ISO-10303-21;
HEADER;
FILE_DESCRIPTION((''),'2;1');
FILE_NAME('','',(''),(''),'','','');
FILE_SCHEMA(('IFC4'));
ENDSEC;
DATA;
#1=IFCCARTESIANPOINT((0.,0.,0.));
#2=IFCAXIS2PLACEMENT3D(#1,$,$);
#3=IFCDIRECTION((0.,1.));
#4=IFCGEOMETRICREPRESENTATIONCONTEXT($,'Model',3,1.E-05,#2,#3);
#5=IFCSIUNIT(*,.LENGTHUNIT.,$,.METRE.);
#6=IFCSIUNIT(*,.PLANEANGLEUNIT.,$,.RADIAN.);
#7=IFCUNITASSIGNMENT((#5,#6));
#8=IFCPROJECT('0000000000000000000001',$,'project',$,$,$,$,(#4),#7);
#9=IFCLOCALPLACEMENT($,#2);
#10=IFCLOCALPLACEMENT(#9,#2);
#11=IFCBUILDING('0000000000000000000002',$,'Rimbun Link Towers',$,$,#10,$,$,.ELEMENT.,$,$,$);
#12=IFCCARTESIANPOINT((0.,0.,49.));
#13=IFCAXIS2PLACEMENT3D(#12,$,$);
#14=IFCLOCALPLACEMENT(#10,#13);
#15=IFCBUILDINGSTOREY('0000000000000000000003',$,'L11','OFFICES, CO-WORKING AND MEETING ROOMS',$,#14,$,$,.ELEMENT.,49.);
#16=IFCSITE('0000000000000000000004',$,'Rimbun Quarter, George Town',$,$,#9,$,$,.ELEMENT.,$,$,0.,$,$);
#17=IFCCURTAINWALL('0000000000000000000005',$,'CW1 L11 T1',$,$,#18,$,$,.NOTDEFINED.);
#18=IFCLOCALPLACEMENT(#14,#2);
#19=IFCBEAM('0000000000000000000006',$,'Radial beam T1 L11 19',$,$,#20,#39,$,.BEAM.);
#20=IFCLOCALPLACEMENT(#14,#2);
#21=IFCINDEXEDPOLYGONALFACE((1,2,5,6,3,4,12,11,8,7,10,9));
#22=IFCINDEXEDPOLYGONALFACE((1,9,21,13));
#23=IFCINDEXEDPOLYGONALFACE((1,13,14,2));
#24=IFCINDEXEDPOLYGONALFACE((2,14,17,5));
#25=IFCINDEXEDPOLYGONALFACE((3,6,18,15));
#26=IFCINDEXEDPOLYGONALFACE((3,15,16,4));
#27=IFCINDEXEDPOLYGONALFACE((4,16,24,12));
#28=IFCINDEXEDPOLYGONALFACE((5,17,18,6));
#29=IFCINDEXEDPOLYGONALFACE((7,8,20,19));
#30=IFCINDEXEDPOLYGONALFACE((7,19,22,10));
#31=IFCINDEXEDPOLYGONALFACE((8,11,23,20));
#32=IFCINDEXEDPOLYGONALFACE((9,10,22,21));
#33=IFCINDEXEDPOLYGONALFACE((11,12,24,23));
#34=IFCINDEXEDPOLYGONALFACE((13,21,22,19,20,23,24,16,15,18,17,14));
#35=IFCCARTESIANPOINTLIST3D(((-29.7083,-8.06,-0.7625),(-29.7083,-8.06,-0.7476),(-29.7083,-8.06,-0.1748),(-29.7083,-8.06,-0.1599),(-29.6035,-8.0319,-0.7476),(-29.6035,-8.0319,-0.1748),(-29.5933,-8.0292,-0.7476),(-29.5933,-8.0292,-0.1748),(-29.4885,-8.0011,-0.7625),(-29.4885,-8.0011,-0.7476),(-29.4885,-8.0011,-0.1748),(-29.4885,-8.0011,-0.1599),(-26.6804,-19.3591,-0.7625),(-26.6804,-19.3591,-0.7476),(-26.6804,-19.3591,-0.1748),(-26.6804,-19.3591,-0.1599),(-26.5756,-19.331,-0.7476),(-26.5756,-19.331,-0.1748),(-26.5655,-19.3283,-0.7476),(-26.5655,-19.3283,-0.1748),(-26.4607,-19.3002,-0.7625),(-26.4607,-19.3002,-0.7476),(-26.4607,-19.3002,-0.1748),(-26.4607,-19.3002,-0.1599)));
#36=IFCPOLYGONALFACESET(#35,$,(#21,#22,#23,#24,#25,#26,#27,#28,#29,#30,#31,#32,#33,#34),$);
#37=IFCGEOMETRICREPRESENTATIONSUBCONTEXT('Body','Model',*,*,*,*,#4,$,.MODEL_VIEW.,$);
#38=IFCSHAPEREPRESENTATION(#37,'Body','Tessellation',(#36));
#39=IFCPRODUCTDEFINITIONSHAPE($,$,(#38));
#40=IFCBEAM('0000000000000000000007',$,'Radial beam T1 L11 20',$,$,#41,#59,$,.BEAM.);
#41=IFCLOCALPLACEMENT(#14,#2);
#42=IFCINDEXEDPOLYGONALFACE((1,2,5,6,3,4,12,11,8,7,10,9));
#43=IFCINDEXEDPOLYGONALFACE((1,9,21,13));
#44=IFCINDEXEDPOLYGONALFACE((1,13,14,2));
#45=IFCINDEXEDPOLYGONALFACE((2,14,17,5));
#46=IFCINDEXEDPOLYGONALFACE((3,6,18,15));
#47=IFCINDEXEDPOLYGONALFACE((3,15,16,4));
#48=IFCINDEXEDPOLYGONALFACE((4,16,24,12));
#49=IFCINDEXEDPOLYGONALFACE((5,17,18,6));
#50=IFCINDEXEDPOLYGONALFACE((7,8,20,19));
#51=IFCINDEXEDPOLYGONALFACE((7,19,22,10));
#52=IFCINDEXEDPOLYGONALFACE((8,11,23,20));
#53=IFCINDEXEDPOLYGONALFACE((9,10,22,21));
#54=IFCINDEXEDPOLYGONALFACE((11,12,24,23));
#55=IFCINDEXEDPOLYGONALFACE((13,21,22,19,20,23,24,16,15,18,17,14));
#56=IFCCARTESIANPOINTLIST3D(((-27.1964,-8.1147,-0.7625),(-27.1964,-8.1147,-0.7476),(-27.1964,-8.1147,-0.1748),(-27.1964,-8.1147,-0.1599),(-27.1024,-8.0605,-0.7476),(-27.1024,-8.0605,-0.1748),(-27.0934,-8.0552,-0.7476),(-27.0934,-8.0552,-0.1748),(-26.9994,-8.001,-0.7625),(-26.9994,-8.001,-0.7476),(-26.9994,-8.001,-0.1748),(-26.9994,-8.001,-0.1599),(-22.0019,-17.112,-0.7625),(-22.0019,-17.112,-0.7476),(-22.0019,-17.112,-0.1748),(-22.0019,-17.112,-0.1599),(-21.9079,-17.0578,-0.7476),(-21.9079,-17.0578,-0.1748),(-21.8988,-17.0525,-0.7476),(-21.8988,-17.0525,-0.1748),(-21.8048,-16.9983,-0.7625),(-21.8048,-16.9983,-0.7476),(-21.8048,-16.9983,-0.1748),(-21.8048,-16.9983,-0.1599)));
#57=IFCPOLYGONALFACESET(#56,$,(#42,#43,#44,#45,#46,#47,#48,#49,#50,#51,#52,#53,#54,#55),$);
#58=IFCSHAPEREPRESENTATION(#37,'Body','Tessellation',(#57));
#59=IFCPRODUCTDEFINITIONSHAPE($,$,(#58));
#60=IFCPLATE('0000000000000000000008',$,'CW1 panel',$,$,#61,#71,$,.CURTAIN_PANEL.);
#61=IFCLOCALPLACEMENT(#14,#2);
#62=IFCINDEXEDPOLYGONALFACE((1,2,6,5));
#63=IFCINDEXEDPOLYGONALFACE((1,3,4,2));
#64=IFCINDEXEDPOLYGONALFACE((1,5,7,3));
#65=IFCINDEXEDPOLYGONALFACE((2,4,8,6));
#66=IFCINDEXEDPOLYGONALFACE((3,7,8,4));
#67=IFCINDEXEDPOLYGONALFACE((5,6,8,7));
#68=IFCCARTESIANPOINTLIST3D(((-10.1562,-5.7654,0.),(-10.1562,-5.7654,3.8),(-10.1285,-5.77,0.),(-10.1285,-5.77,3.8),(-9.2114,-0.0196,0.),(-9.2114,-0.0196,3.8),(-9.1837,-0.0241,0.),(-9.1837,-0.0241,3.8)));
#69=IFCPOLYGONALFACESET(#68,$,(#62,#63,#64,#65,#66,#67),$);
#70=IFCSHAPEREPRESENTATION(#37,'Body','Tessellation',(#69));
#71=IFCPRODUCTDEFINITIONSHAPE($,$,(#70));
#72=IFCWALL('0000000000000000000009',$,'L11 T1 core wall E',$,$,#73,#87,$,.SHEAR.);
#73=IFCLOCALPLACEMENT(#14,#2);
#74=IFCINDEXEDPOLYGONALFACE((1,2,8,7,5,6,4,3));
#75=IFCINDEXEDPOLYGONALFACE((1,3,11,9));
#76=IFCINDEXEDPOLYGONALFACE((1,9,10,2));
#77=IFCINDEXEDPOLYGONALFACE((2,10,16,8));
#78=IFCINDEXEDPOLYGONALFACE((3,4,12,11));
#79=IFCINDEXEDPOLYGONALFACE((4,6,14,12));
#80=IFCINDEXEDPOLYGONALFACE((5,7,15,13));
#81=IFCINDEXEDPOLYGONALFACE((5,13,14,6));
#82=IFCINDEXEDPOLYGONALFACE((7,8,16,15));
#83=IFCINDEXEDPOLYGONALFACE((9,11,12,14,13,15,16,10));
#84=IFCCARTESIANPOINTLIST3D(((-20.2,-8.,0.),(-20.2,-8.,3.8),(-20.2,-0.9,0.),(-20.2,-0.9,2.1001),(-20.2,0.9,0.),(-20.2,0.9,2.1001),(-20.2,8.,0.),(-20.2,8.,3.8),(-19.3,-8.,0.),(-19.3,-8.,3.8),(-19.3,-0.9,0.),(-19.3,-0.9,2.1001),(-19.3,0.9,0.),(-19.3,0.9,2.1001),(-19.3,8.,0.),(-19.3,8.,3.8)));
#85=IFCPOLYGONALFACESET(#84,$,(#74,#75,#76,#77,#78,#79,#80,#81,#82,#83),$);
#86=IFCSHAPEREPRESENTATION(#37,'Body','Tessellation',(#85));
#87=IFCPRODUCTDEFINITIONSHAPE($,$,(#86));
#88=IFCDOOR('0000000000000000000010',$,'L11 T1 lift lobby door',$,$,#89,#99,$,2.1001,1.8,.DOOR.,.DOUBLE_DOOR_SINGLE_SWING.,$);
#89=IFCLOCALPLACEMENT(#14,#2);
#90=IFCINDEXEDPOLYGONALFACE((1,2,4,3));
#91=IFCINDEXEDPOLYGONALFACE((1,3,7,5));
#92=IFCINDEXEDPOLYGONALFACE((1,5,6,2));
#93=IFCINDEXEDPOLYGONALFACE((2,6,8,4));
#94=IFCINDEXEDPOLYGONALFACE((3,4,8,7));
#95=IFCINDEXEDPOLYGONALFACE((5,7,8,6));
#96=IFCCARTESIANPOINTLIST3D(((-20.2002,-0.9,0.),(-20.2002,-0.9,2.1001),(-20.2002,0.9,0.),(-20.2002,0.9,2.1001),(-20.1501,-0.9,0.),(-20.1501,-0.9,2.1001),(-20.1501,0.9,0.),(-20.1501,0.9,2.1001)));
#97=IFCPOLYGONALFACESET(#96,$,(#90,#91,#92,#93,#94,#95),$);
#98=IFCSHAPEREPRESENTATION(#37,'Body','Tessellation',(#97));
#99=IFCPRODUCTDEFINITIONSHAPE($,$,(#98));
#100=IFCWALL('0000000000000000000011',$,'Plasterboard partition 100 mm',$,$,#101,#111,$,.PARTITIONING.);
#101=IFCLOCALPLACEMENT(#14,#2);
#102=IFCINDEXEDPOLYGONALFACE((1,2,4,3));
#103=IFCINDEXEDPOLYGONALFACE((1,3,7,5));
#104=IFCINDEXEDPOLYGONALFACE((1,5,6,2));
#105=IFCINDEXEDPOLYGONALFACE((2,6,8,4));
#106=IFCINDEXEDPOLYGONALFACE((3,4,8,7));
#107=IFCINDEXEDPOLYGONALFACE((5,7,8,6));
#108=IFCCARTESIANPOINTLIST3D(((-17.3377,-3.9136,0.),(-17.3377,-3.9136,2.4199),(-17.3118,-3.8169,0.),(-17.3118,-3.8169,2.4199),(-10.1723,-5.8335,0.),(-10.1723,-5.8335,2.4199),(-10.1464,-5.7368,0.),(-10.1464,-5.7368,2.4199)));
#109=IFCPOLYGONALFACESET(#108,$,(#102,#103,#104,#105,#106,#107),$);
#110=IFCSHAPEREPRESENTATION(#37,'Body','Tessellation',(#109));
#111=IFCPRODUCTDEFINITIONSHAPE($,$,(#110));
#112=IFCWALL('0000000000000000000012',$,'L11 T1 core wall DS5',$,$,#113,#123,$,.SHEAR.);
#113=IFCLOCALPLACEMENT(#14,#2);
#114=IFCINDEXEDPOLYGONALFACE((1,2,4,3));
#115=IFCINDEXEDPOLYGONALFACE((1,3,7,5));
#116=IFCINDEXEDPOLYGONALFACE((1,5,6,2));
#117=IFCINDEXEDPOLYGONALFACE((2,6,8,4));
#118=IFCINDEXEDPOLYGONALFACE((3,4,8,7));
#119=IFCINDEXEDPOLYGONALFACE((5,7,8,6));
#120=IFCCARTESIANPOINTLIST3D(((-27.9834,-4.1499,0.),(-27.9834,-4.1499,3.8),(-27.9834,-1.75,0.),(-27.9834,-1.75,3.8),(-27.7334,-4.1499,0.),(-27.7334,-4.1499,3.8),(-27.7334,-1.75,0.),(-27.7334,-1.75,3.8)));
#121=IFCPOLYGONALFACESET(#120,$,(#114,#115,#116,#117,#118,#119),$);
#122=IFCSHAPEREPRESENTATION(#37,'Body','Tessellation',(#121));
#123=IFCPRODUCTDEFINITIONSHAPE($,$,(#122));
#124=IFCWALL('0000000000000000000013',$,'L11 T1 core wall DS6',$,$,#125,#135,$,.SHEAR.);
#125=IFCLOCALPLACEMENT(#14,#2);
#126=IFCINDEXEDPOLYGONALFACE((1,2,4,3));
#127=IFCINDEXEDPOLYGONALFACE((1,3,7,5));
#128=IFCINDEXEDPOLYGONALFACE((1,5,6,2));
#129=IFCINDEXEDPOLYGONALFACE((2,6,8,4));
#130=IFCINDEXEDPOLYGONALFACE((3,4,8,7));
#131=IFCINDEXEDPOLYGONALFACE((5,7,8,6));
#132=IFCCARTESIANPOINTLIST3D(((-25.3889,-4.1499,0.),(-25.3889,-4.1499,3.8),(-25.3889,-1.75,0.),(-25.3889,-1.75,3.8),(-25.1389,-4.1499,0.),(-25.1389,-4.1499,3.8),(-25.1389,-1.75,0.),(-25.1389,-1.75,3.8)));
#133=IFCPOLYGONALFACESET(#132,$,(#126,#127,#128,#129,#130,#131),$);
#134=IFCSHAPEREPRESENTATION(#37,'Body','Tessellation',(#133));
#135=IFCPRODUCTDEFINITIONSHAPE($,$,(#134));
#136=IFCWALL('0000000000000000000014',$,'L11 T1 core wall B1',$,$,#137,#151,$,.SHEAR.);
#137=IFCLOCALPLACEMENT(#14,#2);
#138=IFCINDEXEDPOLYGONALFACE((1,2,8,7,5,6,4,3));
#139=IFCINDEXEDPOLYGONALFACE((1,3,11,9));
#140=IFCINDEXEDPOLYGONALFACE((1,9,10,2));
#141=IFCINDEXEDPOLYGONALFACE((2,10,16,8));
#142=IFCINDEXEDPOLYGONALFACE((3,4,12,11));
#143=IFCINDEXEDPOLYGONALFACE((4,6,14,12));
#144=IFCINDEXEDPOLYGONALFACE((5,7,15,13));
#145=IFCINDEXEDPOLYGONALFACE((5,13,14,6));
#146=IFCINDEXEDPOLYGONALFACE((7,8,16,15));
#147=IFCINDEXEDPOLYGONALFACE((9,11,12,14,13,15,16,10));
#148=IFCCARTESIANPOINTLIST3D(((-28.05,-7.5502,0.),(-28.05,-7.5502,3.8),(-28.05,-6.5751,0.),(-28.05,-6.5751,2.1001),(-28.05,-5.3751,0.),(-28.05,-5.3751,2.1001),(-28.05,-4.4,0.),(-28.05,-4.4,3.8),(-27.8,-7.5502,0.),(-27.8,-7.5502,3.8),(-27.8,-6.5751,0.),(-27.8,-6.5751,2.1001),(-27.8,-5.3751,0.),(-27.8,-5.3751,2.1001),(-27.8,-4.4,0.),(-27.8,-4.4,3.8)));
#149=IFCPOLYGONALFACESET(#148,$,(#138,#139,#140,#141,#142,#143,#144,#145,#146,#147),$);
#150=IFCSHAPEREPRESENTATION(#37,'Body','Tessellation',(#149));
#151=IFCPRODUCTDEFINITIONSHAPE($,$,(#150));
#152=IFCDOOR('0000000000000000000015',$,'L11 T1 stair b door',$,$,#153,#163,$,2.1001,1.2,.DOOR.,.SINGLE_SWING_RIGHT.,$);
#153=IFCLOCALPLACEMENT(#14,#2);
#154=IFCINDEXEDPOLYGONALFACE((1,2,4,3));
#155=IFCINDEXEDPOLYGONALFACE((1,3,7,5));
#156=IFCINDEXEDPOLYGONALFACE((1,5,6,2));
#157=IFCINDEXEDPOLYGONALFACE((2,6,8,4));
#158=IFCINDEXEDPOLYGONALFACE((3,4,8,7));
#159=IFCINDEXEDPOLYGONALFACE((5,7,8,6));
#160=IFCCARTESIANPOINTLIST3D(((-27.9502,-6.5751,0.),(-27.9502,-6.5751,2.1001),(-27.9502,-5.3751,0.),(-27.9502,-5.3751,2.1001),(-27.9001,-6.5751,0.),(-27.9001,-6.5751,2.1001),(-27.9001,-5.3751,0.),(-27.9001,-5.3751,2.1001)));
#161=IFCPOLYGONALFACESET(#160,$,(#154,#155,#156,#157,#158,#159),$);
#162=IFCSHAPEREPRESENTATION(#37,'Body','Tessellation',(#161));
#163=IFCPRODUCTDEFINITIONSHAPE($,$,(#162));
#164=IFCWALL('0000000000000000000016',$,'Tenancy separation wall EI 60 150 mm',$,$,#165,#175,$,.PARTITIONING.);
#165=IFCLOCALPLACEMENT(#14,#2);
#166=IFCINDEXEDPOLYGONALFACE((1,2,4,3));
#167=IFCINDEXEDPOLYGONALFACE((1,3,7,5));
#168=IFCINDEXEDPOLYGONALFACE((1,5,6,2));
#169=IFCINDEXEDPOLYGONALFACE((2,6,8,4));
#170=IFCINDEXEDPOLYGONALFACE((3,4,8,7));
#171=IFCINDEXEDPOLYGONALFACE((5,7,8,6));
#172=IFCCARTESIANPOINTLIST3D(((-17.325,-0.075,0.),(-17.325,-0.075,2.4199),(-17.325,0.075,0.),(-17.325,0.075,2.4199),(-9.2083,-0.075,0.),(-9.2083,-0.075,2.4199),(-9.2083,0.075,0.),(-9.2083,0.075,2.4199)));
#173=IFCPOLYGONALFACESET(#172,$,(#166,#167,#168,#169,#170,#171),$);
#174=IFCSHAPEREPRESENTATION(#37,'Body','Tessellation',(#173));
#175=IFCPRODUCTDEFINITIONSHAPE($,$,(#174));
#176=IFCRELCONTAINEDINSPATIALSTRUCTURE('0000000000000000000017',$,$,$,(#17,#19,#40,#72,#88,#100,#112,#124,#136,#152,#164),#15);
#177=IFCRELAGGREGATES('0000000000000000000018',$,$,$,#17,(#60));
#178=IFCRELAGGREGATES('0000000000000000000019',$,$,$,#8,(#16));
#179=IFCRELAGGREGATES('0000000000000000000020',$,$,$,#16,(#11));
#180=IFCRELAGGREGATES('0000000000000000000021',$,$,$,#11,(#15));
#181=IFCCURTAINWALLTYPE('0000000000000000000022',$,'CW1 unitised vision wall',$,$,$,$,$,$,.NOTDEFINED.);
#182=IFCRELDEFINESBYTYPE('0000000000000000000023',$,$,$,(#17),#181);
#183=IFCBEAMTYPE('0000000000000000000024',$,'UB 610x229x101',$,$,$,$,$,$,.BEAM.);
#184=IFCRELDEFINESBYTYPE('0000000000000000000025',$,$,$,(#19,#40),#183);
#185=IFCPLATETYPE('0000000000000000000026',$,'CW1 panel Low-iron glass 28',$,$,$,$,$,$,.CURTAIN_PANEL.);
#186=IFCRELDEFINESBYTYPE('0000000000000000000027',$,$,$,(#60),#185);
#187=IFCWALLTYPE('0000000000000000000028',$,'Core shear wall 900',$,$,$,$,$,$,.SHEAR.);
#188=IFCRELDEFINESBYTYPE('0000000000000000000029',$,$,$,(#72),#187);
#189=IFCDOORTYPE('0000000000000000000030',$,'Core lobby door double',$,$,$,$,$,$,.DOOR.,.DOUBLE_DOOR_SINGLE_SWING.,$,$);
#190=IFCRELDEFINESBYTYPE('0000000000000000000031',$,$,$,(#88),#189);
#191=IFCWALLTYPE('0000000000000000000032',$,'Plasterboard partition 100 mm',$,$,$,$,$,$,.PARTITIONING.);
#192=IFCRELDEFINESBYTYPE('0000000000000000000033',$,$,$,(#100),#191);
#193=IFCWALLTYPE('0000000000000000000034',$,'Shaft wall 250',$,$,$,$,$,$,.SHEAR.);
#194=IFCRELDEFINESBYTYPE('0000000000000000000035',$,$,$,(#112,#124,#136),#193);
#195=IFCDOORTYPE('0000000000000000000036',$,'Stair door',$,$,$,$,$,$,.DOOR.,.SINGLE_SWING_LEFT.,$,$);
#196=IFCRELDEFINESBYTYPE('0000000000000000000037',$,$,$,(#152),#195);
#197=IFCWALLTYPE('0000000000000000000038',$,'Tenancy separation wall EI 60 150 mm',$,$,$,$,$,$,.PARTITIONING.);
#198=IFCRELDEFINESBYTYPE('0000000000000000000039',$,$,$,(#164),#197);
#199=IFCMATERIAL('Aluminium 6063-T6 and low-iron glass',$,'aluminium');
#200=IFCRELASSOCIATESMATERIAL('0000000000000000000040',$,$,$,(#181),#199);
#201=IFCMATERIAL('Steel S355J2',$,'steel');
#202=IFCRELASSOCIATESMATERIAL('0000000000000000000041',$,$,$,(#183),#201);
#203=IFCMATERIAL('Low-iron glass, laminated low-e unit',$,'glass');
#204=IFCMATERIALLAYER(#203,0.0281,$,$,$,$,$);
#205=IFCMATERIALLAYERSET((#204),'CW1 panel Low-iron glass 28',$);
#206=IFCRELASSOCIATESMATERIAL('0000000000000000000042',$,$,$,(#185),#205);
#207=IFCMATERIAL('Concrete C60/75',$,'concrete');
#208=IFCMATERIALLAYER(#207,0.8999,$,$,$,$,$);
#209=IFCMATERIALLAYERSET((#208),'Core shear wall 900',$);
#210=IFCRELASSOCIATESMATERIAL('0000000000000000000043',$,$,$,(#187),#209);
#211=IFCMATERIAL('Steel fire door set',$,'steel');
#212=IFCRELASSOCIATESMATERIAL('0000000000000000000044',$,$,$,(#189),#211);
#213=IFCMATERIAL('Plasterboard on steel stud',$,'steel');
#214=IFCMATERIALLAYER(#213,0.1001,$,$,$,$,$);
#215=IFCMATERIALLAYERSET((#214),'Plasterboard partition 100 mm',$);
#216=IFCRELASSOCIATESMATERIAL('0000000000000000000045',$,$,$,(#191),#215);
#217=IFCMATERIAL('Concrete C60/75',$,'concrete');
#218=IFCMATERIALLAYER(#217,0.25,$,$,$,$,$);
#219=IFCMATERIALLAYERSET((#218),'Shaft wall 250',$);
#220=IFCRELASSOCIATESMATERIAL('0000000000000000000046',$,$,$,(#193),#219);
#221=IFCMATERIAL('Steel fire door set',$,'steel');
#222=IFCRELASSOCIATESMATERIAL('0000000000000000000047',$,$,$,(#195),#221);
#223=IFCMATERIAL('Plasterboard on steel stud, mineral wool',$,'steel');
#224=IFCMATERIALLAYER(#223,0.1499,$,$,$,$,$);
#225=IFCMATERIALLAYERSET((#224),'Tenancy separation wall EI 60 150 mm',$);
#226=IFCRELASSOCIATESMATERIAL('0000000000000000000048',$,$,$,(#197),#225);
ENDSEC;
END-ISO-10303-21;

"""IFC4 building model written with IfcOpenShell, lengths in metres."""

from ifc_helpers import new_model, si_unit, direction, frame, frame_2d, origin, origin_2d, place, context, subcontext, project, spatial, rectangle, i_section, extrude, material, layer, layer_set, material_profile, profile_set, type_object, element, fill, aggregate, save


model = new_model("IFC4")

# Units and contexts
model_context = context("Model", 3, precision=1e-05, world=origin(), true_north=direction((0.0, 1.0)))
body_context = subcontext(model_context, "Body", "Model", "MODEL_VIEW")
ifc_project = project(units=[si_unit("LENGTHUNIT", "METRE"), si_unit("PLANEANGLEUNIT", "RADIAN")], contexts=[model_context])

# Site, building, storey
site_placement = place(None, origin())
site = spatial("IfcSite", under=ifc_project, at=site_placement, Name="Rimbun Quarter, George Town", CompositionType="ELEMENT", RefElevation=0.0)
building_placement = place(site_placement, origin())
building = spatial("IfcBuilding", under=site, at=building_placement, Name="Rimbun Link Towers", CompositionType="ELEMENT")
storey_placement = place(building_placement, frame((0.0, 0.0, 49.0)))
storey = spatial("IfcBuildingStorey", under=building, at=storey_placement, Name="L11", Description="OFFICES, CO-WORKING AND MEETING ROOMS", CompositionType="ELEMENT", Elevation=49.0)

# Curtain wall
ifc_material_1 = material(Name="Aluminium 6063-T6 and low-iron glass", Category="aluminium")
curtain_wall_type = type_object("IfcCurtainWallType", Name="CW1 unitised vision wall", PredefinedType="NOTDEFINED", material=ifc_material_1)
curtain_wall_placement = place(storey_placement, origin())
curtain_wall = element("IfcCurtainWall", 1, at=curtain_wall_placement, inside=storey, type_object=curtain_wall_type, Name="CW1 L11 T1", PredefinedType="NOTDEFINED")

# Beams
ifc_material_2 = material(Name="Steel S355J2", Category="steel")
ifc_material_profile_1 = material_profile(ifc_material_2, i_section(OverallWidth=0.2275, OverallDepth=0.6025, WebThickness=0.0105, FlangeThickness=0.0149, at=origin_2d()), Name="UB 610x229x101")
ifc_profile_set_1 = profile_set([ifc_material_profile_1], Name="Steel S355J2")
beam_type_1 = type_object("IfcBeamType", Name="UB 610x229x101", PredefinedType="BEAM", material=ifc_profile_set_1)
beam_1_placement = place(storey_placement, frame((-29.5984, -8.0305, -0.4612), z_axis=(0.258839, -0.96592, 0.0), x_axis=(0.96592, 0.258839, 0.0)))
element("IfcBeam", 2, at=beam_1_placement, inside=storey, type_object=beam_type_1, Name="Radial beam T1 L11 19", PredefinedType="BEAM", context=body_context, shape_type="SweptSolid", body=[
    extrude(i_section(OverallWidth=0.2275, OverallDepth=0.6025, WebThickness=0.0105, FlangeThickness=0.0149, at=origin_2d()), origin(), (0.0, 0.0, 1.0), 11.6978),
])
beam_2_placement = place(storey_placement, frame((-27.0979, -8.0579, -0.4612), z_axis=(0.499998, -0.866026, 0.0), x_axis=(0.866026, 0.499998, 0.0)))
element("IfcBeam", 3, at=beam_2_placement, inside=storey, type_object=beam_type_1, Name="Radial beam T1 L11 20", PredefinedType="BEAM", context=body_context, shape_type="SweptSolid", body=[
    extrude(i_section(OverallWidth=0.2275, OverallDepth=0.6025, WebThickness=0.0105, FlangeThickness=0.0149, at=origin_2d()), origin(), (0.0, 0.0, 1.0), 10.3892),
])

# Plate
ifc_material_3 = material(Name="Low-iron glass, laminated low-e unit", Category="glass")
ifc_layer_1 = layer(ifc_material_3, 0.0281)
ifc_layer_set_1 = layer_set([ifc_layer_1], Name="CW1 panel Low-iron glass 28")
plate_type = type_object("IfcPlateType", Name="CW1 panel Low-iron glass 28", PredefinedType="CURTAIN_PANEL", material=ifc_layer_set_1)
plate_placement = place(storey_placement, frame((-9.6699, -2.8948, 0.0), z_axis=(0.0, 0.0, 1.0), x_axis=(-0.162258, -0.986748, 0.0)))
plate = element("IfcPlate", 4, at=plate_placement, type_object=plate_type, Name="CW1 panel", PredefinedType="CURTAIN_PANEL", context=body_context, shape_type="SweptSolid", body=[
    extrude(rectangle(XDim=5.823, YDim=0.0281, at=origin_2d()), origin(), (0.0, 0.0, 1.0), 3.8),
])
aggregate(curtain_wall, [plate])

# Wall, opening, door
ifc_material_4 = material(Name="Concrete C60/75", Category="concrete")
ifc_layer_2 = layer(ifc_material_4, 0.8999)
ifc_layer_set_2 = layer_set([ifc_layer_2], Name="Core shear wall 900")
wall_type_1 = type_object("IfcWallType", Name="Core shear wall 900", PredefinedType="SHEAR", material=ifc_layer_set_2)
wall_1_placement = place(storey_placement, frame((-19.75, -8.0, 0.0), z_axis=(0.0, 0.0, 1.0), x_axis=(0.0, 1.0, 0.0)))
wall_1 = element("IfcWall", 5, at=wall_1_placement, inside=storey, type_object=wall_type_1, Name="L11 T1 core wall E", PredefinedType="SHEAR", context=body_context, shape_type="SweptSolid", body=[
    extrude(rectangle(XDim=16.0, YDim=0.8999, at=frame_2d((8.0, 0.0))), origin(), (0.0, 0.0, 1.0), 3.8),
])
opening_1_placement = place(wall_1_placement, frame((7.1001, 0.0, 0.0)))
opening_1 = element("IfcOpeningElement", 6, at=opening_1_placement, cuts=wall_1, PredefinedType="OPENING", context=body_context, shape_type="SweptSolid", body=[
    extrude(rectangle(XDim=1.8, YDim=2.1001, at=frame_2d((0.8999, 1.05))), frame((0.0, 0.46, 0.0), z_axis=(0.0, -1.0, 0.0), x_axis=(1.0, 0.0, 0.0)), (0.0, 0.0, 1.0), 0.9199),
])
ifc_material_5 = material(Name="Steel fire door set", Category="steel")
door_type_1 = type_object("IfcDoorType", Name="Core lobby door double", OperationType="DOUBLE_DOOR_SINGLE_SWING", PredefinedType="DOOR", material=ifc_material_5)
door_1_placement = place(opening_1_placement, origin())
door_1 = element("IfcDoor", 7, at=door_1_placement, inside=storey, type_object=door_type_1, Name="L11 T1 lift lobby door", OperationType="DOUBLE_DOOR_SINGLE_SWING", OverallHeight=2.1001, OverallWidth=1.8, PredefinedType="DOOR", context=body_context, shape_type="SweptSolid", body=[
    extrude(rectangle(XDim=1.8, YDim=2.1001, at=frame_2d((0.8999, 1.05))), frame((0.0, 0.4502, 0.0), z_axis=(0.0, -1.0, 0.0), x_axis=(1.0, 0.0, 0.0)), (0.0, 0.0, 1.0), 0.05),
])
fill(opening_1, door_1)

# Walls
ifc_material_6 = material(Name="Plasterboard on steel stud", Category="steel")
ifc_layer_3 = layer(ifc_material_6, 0.1001)
ifc_layer_set_3 = layer_set([ifc_layer_3], Name="Plasterboard partition 100 mm")
wall_type_2 = type_object("IfcWallType", Name="Plasterboard partition 100 mm", PredefinedType="PARTITIONING", material=ifc_layer_set_3)
wall_2_placement = place(storey_placement, frame((-10.1594, -5.7852, 0.0), z_axis=(0.0, 0.0, 1.0), x_axis=(-0.965928, 0.25881, 0.0)))
element("IfcWall", 8, at=wall_2_placement, inside=storey, type_object=wall_type_2, Name="Plasterboard partition 100 mm", PredefinedType="PARTITIONING", context=body_context, shape_type="SweptSolid", body=[
    extrude(rectangle(XDim=7.4182, YDim=0.1001, at=frame_2d((3.709, 0.0))), origin(), (0.0, 0.0, 1.0), 2.4199),
])
ifc_material_7 = material(Name="Concrete C60/75", Category="concrete")
ifc_layer_4 = layer(ifc_material_7, 0.25)
ifc_layer_set_4 = layer_set([ifc_layer_4], Name="Shaft wall 250")
wall_type_3 = type_object("IfcWallType", Name="Shaft wall 250", PredefinedType="SHEAR", material=ifc_layer_set_4)
for number, where, z_axis, x_axis, name in (
    (9, (-27.8584, -4.1499, 0.0), (0.0, 0.0, 1.0), (0.0, 1.0, 0.0), "L11 T1 core wall DS5"),
    (10, (-25.2639, -4.1499, 0.0), (0.0, 0.0, 1.0), (0.0, 1.0, 0.0), "L11 T1 core wall DS6"),
):
    element("IfcWall", number, at=place(storey_placement, frame(where, z_axis=z_axis, x_axis=x_axis)), inside=storey, type_object=wall_type_3, Name=name, PredefinedType="SHEAR", context=body_context, shape_type="SweptSolid", body=[
        extrude(rectangle(XDim=2.3999, YDim=0.25, at=frame_2d((1.2, 0.0))), origin(), (0.0, 0.0, 1.0), 3.8),
    ])

# Wall, opening, door
wall_3_placement = place(storey_placement, frame((-27.925, -4.3999, 0.0), z_axis=(0.0, 0.0, 1.0), x_axis=(0.0, -1.0, 0.0)))
wall_3 = element("IfcWall", 11, at=wall_3_placement, inside=storey, type_object=wall_type_3, Name="L11 T1 core wall B1", PredefinedType="SHEAR", context=body_context, shape_type="SweptSolid", body=[
    extrude(rectangle(XDim=3.1501, YDim=0.25, at=frame_2d((1.5752, 0.0))), origin(), (0.0, 0.0, 1.0), 3.8),
])
opening_2_placement = place(wall_3_placement, frame((0.9751, 0.0, 0.0)))
opening_2 = element("IfcOpeningElement", 12, at=opening_2_placement, cuts=wall_3, PredefinedType="OPENING", context=body_context, shape_type="SweptSolid", body=[
    extrude(rectangle(XDim=1.2, YDim=2.1001, at=frame_2d((0.6001, 1.05))), frame((0.0, 0.135, 0.0), z_axis=(0.0, -1.0, 0.0), x_axis=(1.0, 0.0, 0.0)), (0.0, 0.0, 1.0), 0.27),
])
ifc_material_8 = material(Name="Steel fire door set", Category="steel")
door_type_2 = type_object("IfcDoorType", Name="Stair door", OperationType="SINGLE_SWING_LEFT", PredefinedType="DOOR", material=ifc_material_8)
door_2_placement = place(opening_2_placement, origin())
door_2 = element("IfcDoor", 13, at=door_2_placement, inside=storey, type_object=door_type_2, Name="L11 T1 stair b door", OperationType="SINGLE_SWING_RIGHT", OverallHeight=2.1001, OverallWidth=1.2, PredefinedType="DOOR", context=body_context, shape_type="SweptSolid", body=[
    extrude(rectangle(XDim=1.2, YDim=2.1001, at=frame_2d((0.6001, 1.05))), frame((0.0, 0.0249, 0.0), z_axis=(0.0, -1.0, 0.0), x_axis=(1.0, 0.0, 0.0)), (0.0, 0.0, 1.0), 0.05),
])
fill(opening_2, door_2)

# Wall
ifc_material_9 = material(Name="Plasterboard on steel stud, mineral wool", Category="steel")
ifc_layer_5 = layer(ifc_material_9, 0.1499)
ifc_layer_set_5 = layer_set([ifc_layer_5], Name="Tenancy separation wall EI 60 150 mm")
wall_type_4 = type_object("IfcWallType", Name="Tenancy separation wall EI 60 150 mm", PredefinedType="PARTITIONING", material=ifc_layer_set_5)
wall_4_placement = place(storey_placement, frame((-17.325, 0.0, 0.0), z_axis=(0.0, 0.0, 1.0), x_axis=(1.0, 0.0, 0.0)))
element("IfcWall", 14, at=wall_4_placement, inside=storey, type_object=wall_type_4, Name="Tenancy separation wall EI 60 150 mm", PredefinedType="PARTITIONING", context=body_context, shape_type="SweptSolid", body=[
    extrude(rectangle(XDim=8.1167, YDim=0.1499, at=frame_2d((4.0583, 0.0))), origin(), (0.0, 0.0, 1.0), 2.4199),
])

save(model, "model.ifc")
